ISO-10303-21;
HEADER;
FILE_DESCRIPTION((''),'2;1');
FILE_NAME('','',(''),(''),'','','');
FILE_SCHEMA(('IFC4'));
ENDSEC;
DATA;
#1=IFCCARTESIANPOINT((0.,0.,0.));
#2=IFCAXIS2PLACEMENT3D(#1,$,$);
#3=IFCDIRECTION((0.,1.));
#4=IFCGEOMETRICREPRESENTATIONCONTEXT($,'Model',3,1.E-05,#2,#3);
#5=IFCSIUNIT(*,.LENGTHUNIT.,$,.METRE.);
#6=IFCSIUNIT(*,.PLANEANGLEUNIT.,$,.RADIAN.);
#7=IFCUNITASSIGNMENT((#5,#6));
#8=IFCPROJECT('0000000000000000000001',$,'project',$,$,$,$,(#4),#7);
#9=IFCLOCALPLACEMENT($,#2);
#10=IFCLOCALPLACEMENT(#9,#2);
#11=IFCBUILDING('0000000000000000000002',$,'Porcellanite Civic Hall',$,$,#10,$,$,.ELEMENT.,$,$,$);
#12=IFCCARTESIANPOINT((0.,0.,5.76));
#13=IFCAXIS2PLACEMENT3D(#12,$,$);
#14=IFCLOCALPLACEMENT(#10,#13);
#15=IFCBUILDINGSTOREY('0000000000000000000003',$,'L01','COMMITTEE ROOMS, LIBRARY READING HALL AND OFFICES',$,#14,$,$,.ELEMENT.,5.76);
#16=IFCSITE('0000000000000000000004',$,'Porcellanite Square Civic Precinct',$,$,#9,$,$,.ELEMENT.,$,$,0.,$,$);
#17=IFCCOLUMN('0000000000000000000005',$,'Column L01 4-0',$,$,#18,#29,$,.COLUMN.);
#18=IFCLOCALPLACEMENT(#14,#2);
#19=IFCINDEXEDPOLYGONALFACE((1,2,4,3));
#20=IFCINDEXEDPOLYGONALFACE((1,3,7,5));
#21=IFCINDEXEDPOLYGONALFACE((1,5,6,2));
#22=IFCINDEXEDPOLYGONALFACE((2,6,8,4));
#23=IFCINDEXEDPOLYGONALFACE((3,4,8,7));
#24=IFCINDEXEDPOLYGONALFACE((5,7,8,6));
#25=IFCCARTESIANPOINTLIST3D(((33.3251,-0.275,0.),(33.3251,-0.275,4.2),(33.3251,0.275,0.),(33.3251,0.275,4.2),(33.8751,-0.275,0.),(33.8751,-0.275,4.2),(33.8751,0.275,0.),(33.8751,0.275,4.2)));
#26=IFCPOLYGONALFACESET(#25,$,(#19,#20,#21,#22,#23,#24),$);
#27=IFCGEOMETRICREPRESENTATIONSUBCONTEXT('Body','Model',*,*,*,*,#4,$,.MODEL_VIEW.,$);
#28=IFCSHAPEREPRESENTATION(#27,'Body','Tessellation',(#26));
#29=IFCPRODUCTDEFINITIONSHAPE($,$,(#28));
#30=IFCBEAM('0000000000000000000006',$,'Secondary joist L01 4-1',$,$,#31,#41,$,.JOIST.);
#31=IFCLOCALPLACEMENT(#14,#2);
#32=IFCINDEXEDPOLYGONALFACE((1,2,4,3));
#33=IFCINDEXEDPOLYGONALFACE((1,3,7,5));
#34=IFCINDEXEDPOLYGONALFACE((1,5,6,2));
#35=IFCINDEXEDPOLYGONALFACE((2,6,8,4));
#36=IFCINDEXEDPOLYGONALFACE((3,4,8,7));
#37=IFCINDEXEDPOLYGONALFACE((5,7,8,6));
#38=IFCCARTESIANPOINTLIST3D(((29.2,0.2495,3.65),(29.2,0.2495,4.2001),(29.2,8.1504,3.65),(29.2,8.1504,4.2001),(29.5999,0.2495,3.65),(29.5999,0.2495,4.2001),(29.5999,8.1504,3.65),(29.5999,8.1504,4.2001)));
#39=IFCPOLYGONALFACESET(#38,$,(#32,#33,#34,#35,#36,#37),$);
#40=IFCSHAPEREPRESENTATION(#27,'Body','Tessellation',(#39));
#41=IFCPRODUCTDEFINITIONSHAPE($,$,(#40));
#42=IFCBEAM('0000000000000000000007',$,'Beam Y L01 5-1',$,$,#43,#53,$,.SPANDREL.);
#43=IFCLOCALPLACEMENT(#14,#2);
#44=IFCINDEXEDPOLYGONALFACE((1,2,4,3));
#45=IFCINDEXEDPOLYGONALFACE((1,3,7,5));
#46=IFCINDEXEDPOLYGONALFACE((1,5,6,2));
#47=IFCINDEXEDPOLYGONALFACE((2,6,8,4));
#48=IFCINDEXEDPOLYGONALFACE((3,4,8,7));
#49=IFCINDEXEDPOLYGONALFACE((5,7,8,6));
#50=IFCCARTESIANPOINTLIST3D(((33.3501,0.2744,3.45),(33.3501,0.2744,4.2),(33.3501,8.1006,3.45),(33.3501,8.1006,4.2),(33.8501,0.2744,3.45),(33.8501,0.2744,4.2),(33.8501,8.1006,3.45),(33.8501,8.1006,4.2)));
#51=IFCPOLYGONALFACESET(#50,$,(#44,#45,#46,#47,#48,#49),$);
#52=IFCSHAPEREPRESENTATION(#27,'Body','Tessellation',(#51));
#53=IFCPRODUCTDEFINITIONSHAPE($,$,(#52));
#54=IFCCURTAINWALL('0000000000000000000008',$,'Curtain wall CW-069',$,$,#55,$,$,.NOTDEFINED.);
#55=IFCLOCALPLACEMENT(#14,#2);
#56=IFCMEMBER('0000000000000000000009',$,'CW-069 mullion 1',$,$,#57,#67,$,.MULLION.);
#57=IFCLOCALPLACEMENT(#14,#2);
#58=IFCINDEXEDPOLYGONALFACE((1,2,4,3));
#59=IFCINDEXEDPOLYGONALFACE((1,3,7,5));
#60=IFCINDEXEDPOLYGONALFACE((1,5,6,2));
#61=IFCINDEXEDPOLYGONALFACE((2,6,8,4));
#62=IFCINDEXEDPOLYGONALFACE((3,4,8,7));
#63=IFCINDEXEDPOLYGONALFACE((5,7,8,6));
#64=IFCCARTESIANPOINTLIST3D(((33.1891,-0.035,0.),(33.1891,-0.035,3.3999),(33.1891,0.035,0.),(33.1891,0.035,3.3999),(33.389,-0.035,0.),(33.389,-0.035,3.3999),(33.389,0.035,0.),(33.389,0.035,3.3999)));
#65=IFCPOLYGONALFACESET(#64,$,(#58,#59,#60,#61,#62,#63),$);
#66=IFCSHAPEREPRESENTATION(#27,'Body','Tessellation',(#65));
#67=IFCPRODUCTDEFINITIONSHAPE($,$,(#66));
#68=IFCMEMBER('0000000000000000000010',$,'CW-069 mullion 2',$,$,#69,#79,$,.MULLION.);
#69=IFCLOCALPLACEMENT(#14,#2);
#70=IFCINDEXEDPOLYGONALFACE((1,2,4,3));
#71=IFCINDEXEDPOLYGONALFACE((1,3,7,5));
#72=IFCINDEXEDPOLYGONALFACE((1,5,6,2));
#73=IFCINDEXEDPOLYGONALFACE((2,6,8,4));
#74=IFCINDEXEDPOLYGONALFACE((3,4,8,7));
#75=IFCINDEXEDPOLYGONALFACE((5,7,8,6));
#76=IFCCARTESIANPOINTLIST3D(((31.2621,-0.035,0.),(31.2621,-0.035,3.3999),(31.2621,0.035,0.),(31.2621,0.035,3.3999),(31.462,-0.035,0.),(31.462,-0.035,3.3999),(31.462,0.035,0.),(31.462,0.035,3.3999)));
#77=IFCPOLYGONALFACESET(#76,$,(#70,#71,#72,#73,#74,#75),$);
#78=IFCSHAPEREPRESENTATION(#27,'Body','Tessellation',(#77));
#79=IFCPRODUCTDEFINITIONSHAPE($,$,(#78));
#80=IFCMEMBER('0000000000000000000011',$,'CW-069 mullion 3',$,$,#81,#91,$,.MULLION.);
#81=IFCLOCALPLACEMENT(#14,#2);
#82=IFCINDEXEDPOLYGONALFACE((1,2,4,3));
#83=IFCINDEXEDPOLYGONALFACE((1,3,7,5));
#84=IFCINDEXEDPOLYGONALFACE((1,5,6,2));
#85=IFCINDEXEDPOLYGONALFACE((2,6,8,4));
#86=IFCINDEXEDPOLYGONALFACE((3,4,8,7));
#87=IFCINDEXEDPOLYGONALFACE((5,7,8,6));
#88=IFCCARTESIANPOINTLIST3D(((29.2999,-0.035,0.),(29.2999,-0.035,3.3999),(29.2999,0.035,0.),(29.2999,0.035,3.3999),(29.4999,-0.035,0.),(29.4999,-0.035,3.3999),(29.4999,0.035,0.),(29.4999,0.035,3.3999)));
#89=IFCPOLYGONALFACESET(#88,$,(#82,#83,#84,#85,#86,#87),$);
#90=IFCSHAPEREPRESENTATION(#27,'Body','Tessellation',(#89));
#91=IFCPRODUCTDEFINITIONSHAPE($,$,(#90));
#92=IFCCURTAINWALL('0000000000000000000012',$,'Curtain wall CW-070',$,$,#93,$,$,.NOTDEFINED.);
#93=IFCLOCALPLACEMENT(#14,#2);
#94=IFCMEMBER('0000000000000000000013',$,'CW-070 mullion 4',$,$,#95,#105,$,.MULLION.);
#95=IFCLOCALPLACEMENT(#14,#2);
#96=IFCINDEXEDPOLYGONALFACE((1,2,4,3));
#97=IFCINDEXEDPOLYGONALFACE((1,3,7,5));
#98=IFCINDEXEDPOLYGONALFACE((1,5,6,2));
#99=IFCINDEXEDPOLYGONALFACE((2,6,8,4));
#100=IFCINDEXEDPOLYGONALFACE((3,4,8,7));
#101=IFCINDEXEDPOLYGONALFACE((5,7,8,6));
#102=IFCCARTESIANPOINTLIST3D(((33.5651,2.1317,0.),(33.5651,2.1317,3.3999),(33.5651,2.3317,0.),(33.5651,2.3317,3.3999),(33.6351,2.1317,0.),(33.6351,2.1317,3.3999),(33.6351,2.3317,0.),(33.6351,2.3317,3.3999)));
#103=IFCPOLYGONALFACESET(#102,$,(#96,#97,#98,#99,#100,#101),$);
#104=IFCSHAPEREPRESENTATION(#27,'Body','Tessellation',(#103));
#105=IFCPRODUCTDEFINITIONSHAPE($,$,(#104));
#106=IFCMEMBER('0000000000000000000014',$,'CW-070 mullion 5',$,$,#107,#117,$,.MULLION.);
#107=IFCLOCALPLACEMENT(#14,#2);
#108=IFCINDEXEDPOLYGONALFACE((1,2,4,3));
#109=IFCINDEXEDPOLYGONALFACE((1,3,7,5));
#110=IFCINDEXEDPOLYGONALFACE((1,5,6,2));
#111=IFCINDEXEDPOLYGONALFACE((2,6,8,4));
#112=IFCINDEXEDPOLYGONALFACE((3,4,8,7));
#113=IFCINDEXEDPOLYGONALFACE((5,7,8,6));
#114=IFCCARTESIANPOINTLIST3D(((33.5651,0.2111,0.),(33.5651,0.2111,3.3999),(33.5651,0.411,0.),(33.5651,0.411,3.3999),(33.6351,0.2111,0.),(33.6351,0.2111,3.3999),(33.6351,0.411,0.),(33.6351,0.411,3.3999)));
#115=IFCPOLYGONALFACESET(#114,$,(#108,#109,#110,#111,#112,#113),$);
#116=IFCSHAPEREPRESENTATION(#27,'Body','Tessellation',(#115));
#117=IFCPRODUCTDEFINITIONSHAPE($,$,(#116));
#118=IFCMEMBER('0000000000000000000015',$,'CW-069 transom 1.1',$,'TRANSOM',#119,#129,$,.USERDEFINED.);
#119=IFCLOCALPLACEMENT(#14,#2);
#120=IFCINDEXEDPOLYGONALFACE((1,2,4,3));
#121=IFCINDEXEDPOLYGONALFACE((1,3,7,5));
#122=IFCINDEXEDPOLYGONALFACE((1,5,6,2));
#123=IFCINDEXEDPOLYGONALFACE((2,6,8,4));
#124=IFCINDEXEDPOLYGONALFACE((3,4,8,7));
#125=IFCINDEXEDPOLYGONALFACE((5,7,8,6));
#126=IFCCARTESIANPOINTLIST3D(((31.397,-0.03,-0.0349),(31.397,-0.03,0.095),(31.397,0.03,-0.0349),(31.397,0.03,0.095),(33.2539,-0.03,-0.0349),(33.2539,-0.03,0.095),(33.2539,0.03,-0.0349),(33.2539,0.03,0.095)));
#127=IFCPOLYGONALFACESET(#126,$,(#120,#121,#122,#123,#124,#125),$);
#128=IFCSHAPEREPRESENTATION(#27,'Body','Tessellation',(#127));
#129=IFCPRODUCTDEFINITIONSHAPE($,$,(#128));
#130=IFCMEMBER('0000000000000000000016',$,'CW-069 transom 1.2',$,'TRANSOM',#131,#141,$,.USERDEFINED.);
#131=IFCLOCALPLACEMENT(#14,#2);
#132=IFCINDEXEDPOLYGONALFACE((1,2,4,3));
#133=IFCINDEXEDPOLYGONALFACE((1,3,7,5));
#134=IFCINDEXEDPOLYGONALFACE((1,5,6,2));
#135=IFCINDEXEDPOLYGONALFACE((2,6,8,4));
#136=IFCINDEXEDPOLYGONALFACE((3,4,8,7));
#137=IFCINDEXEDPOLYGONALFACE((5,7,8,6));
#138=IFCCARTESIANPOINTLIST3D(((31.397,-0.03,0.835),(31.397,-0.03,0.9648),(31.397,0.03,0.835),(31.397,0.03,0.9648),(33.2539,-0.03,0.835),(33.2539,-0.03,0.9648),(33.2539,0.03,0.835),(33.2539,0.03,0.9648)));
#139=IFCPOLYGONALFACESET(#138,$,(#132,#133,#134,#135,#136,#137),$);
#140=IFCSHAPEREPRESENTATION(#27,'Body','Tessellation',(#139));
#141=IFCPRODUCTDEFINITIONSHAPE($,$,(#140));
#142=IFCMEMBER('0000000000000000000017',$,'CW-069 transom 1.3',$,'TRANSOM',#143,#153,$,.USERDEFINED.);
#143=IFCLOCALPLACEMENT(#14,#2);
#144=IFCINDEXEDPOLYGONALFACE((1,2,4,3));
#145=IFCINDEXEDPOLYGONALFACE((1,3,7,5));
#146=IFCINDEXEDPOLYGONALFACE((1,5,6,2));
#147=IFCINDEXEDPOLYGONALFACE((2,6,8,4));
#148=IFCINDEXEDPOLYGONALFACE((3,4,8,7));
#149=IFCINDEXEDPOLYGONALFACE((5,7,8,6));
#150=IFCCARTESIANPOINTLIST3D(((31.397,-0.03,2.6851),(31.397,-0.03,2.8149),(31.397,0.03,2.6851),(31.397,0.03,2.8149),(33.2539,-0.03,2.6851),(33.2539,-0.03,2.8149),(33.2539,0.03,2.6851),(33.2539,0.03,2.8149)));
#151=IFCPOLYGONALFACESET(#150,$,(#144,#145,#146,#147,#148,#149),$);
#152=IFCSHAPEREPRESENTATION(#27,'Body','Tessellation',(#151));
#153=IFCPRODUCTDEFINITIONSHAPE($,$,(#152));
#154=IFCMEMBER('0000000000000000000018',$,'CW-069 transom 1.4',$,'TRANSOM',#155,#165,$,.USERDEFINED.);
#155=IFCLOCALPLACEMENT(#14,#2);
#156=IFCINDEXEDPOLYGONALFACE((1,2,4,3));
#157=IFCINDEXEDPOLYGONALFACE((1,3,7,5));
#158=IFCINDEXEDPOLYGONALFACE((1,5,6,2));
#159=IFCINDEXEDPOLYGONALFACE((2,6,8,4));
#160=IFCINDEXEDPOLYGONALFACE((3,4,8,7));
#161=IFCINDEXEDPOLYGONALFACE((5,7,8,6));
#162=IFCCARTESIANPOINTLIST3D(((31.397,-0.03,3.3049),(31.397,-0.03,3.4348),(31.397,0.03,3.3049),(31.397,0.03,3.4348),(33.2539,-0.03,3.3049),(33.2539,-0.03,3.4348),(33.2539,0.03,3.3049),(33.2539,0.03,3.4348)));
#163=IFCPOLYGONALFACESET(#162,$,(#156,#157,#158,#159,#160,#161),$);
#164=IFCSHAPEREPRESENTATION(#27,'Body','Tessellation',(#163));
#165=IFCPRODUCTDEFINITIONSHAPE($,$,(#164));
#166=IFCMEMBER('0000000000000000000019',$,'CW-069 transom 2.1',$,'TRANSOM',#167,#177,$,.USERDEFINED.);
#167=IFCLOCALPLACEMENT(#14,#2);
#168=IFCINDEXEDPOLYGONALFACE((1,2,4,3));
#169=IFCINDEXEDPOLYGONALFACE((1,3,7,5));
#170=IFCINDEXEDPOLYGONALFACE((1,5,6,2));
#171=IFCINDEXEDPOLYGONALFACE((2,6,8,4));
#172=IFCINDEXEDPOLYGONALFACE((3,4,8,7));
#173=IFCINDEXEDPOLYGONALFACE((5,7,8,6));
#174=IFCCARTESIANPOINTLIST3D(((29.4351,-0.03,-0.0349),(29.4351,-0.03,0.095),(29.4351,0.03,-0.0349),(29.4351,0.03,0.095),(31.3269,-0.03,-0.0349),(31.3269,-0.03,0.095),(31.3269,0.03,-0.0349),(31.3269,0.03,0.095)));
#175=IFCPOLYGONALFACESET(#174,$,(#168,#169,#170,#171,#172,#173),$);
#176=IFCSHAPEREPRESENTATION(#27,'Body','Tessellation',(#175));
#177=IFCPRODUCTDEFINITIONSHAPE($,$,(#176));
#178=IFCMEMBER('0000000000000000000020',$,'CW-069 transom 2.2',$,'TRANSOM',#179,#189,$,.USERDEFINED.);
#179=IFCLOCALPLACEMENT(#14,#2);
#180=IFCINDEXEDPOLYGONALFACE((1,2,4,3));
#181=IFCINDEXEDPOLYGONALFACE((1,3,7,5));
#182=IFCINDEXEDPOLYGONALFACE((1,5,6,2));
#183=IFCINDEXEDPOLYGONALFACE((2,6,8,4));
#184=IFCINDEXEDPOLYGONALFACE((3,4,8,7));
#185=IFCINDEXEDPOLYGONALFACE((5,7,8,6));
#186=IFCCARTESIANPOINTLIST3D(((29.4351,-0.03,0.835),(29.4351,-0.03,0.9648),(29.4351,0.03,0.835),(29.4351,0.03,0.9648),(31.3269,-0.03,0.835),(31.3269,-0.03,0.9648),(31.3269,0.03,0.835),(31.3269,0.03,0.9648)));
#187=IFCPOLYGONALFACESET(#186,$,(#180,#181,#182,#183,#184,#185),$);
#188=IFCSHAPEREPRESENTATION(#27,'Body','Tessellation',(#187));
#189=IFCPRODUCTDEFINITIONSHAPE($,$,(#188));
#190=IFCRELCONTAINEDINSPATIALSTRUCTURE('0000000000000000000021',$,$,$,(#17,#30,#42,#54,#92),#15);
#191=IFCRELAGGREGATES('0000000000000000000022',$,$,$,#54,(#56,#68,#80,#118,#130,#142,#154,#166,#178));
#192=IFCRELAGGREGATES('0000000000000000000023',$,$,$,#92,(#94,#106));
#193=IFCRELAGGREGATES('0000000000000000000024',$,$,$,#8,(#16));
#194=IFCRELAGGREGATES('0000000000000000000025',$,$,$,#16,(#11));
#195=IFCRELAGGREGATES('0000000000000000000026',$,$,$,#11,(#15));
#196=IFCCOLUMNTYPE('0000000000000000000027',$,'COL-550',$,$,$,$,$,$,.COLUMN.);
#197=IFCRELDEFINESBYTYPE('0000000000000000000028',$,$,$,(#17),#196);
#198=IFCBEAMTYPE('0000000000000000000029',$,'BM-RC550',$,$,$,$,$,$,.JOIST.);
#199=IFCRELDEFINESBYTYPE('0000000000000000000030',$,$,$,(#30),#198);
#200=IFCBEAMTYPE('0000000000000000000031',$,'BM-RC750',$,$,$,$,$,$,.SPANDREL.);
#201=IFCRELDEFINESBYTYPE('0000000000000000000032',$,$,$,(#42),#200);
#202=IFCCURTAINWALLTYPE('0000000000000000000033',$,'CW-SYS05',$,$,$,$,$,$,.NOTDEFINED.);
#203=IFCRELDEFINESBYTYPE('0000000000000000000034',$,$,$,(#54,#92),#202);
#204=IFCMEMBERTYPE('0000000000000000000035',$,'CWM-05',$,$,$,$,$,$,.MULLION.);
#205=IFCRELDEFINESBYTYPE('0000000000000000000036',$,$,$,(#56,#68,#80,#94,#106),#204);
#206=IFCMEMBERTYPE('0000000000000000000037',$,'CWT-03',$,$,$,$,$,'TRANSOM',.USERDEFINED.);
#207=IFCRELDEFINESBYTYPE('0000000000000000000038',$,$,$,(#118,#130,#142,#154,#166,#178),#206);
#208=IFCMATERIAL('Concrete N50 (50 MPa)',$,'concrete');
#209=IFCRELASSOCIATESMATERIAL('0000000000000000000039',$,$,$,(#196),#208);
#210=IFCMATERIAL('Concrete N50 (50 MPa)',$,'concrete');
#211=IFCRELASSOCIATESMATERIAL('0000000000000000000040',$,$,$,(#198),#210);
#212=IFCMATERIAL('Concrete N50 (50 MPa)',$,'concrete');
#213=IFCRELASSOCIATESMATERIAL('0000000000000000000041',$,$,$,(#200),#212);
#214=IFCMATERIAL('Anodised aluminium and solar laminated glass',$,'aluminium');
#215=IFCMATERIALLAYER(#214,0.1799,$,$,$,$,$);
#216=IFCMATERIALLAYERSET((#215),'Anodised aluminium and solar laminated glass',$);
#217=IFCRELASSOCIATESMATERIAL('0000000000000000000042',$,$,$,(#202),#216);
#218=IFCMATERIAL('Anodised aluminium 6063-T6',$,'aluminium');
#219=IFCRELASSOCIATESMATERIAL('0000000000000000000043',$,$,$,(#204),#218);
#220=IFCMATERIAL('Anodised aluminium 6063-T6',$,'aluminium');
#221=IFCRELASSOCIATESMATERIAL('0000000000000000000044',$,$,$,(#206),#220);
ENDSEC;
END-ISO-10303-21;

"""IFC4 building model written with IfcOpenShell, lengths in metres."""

from ifc_helpers import new_model, si_unit, direction, frame, origin, origin_2d, place, context, subcontext, project, spatial, rectangle, extrude, material, layer, layer_set, material_profile, profile_set, type_object, element, aggregate, save


model = new_model("IFC4")

# Units and contexts
model_context = context("Model", 3, precision=1e-05, world=origin(), true_north=direction((0.0, 1.0)))
body_context = subcontext(model_context, "Body", "Model", "MODEL_VIEW")
ifc_project = project(units=[si_unit("LENGTHUNIT", "METRE"), si_unit("PLANEANGLEUNIT", "RADIAN")], contexts=[model_context])

# Site, building, storey
site_placement = place(None, origin())
site = spatial("IfcSite", under=ifc_project, at=site_placement, Name="Porcellanite Square Civic Precinct", CompositionType="ELEMENT", RefElevation=0.0)
building_placement = place(site_placement, origin())
building = spatial("IfcBuilding", under=site, at=building_placement, Name="Porcellanite Civic Hall", CompositionType="ELEMENT")
storey_placement = place(building_placement, frame((0.0, 0.0, 5.76)))
storey = spatial("IfcBuildingStorey", under=building, at=storey_placement, Name="L01", Description="COMMITTEE ROOMS, LIBRARY READING HALL AND OFFICES", CompositionType="ELEMENT", Elevation=5.76)

# Column
ifc_material_1 = material(Name="Concrete N50 (50 MPa)", Category="concrete")
ifc_material_profile_1 = material_profile(ifc_material_1, rectangle(XDim=0.55, YDim=0.55, at=origin_2d()), Name="RC-550x550")
ifc_profile_set_1 = profile_set([ifc_material_profile_1], Name="Concrete N50 (50 MPa)")
column_type = type_object("IfcColumnType", Name="COL-550", PredefinedType="COLUMN", material=ifc_profile_set_1)
column_placement = place(storey_placement, frame((33.6001, 0.0, 0.0), z_axis=(0.0, 0.0, 1.0), x_axis=(1.0, 0.0, 0.0)))
element("IfcColumn", 1, at=column_placement, inside=storey, type_object=column_type, Name="Column L01 4-0", PredefinedType="COLUMN", context=body_context, shape_type="SweptSolid", body=[
    extrude(rectangle(XDim=0.55, YDim=0.55, at=origin_2d()), origin(), (0.0, 0.0, 1.0), 4.2),
])

# Beams
ifc_material_2 = material(Name="Concrete N50 (50 MPa)", Category="concrete")
ifc_material_profile_2 = material_profile(ifc_material_2, rectangle(XDim=0.3999, YDim=0.55, at=origin_2d()), Name="RC-400x550")
ifc_profile_set_2 = profile_set([ifc_material_profile_2], Name="Concrete N50 (50 MPa)")
beam_type_1 = type_object("IfcBeamType", Name="BM-RC550", PredefinedType="JOIST", material=ifc_profile_set_2)
beam_1_placement = place(storey_placement, frame((29.3999, 0.2495, 3.925), z_axis=(0.0, 1.0, 0.0), x_axis=(-1.0, 0.0, 0.0)))
element("IfcBeam", 2, at=beam_1_placement, inside=storey, type_object=beam_type_1, Name="Secondary joist L01 4-1", PredefinedType="JOIST", context=body_context, shape_type="SweptSolid", body=[
    extrude(rectangle(XDim=0.3999, YDim=0.55, at=origin_2d()), origin(), (0.0, 0.0, 1.0), 7.9009),
])
ifc_material_3 = material(Name="Concrete N50 (50 MPa)", Category="concrete")
ifc_material_profile_3 = material_profile(ifc_material_3, rectangle(XDim=0.5, YDim=0.75, at=origin_2d()), Name="RC-500x750")
ifc_profile_set_3 = profile_set([ifc_material_profile_3], Name="Concrete N50 (50 MPa)")
beam_type_2 = type_object("IfcBeamType", Name="BM-RC750", PredefinedType="SPANDREL", material=ifc_profile_set_3)
beam_2_placement = place(storey_placement, frame((33.6001, 0.2744, 3.825), z_axis=(0.0, 1.0, 0.0), x_axis=(-1.0, 0.0, 0.0)))
element("IfcBeam", 3, at=beam_2_placement, inside=storey, type_object=beam_type_2, Name="Beam Y L01 5-1", PredefinedType="SPANDREL", context=body_context, shape_type="SweptSolid", body=[
    extrude(rectangle(XDim=0.5, YDim=0.75, at=origin_2d()), origin(), (0.0, 0.0, 1.0), 7.8262),
])

# Curtain walls, members
ifc_material_4 = material(Name="Anodised aluminium and solar laminated glass", Category="aluminium")
ifc_layer_1 = layer(ifc_material_4, 0.1799)
ifc_layer_set_1 = layer_set([ifc_layer_1], Name="Anodised aluminium and solar laminated glass")
curtain_wall_type = type_object("IfcCurtainWallType", Name="CW-SYS05", PredefinedType="NOTDEFINED", material=ifc_layer_set_1)
curtain_wall_1_placement = place(storey_placement, origin())
curtain_wall_1 = element("IfcCurtainWall", 4, at=curtain_wall_1_placement, inside=storey, type_object=curtain_wall_type, Name="Curtain wall CW-069", PredefinedType="NOTDEFINED")
ifc_material_5 = material(Name="Anodised aluminium 6063-T6", Category="aluminium")
ifc_material_profile_4 = material_profile(ifc_material_5, rectangle(XDim=0.0701, YDim=0.2, at=origin_2d()), Name="AL-70x200")
ifc_profile_set_4 = profile_set([ifc_material_profile_4], Name="Anodised aluminium 6063-T6")
member_type_1 = type_object("IfcMemberType", Name="CWM-05", PredefinedType="MULLION", material=ifc_profile_set_4)
member_1_placement = place(storey_placement, frame((33.2891, 0.0, 0.0), z_axis=(0.0, 0.0, 1.0), x_axis=(0.0, -1.0, 0.0)))
member_1 = element("IfcMember", 5, at=member_1_placement, type_object=member_type_1, Name="CW-069 mullion 1", PredefinedType="MULLION", context=body_context, shape_type="SweptSolid", body=[
    extrude(rectangle(XDim=0.0701, YDim=0.2, at=origin_2d()), origin(), (0.0, 0.0, 1.0), 3.3999),
])
member_2_placement = place(storey_placement, frame((31.3621, 0.0, 0.0), z_axis=(0.0, 0.0, 1.0), x_axis=(0.0, -1.0, 0.0)))
member_2 = element("IfcMember", 6, at=member_2_placement, type_object=member_type_1, Name="CW-069 mullion 2", PredefinedType="MULLION", context=body_context, shape_type="SweptSolid", body=[
    extrude(rectangle(XDim=0.0701, YDim=0.2, at=origin_2d()), origin(), (0.0, 0.0, 1.0), 3.3999),
])
member_3_placement = place(storey_placement, frame((29.3999, 0.0, 0.0), z_axis=(0.0, 0.0, 1.0), x_axis=(0.0, -1.0, 0.0)))
member_3 = element("IfcMember", 7, at=member_3_placement, type_object=member_type_1, Name="CW-069 mullion 3", PredefinedType="MULLION", context=body_context, shape_type="SweptSolid", body=[
    extrude(rectangle(XDim=0.0701, YDim=0.2, at=origin_2d()), origin(), (0.0, 0.0, 1.0), 3.3999),
])
curtain_wall_2_placement = place(storey_placement, origin())
curtain_wall_2 = element("IfcCurtainWall", 8, at=curtain_wall_2_placement, inside=storey, type_object=curtain_wall_type, Name="Curtain wall CW-070", PredefinedType="NOTDEFINED")
member_4_placement = place(storey_placement, frame((33.6001, 2.2317, 0.0), z_axis=(0.0, 0.0, 1.0), x_axis=(1.0, 0.0, 0.0)))
member_4 = element("IfcMember", 9, at=member_4_placement, type_object=member_type_1, Name="CW-070 mullion 4", PredefinedType="MULLION", context=body_context, shape_type="SweptSolid", body=[
    extrude(rectangle(XDim=0.0701, YDim=0.2, at=origin_2d()), origin(), (0.0, 0.0, 1.0), 3.3999),
])
member_5_placement = place(storey_placement, frame((33.6001, 0.311, 0.0), z_axis=(0.0, 0.0, 1.0), x_axis=(1.0, 0.0, 0.0)))
member_5 = element("IfcMember", 10, at=member_5_placement, type_object=member_type_1, Name="CW-070 mullion 5", PredefinedType="MULLION", context=body_context, shape_type="SweptSolid", body=[
    extrude(rectangle(XDim=0.0701, YDim=0.2, at=origin_2d()), origin(), (0.0, 0.0, 1.0), 3.3999),
])

# Members
ifc_material_6 = material(Name="Anodised aluminium 6063-T6", Category="aluminium")
ifc_material_profile_5 = material_profile(ifc_material_6, rectangle(XDim=0.0601, YDim=0.1299, at=origin_2d()), Name="AL-60x130")
ifc_profile_set_5 = profile_set([ifc_material_profile_5], Name="Anodised aluminium 6063-T6")
member_type_2 = type_object("IfcMemberType", Name="CWT-03", ElementType="TRANSOM", PredefinedType="USERDEFINED", material=ifc_profile_set_5)
member_6_placement = place(storey_placement, frame((33.2539, 0.0, 0.03), z_axis=(-1.0, 0.0, 0.0), x_axis=(0.0, -1.0, 0.0)))
member_6 = element("IfcMember", 11, at=member_6_placement, type_object=member_type_2, Name="CW-069 transom 1.1", ObjectType="TRANSOM", PredefinedType="USERDEFINED", context=body_context, shape_type="SweptSolid", body=[
    extrude(rectangle(XDim=0.0601, YDim=0.1299, at=origin_2d()), origin(), (0.0, 0.0, 1.0), 1.8569),
])
member_7_placement = place(storey_placement, frame((33.2539, 0.0, 0.8999), z_axis=(-1.0, 0.0, 0.0), x_axis=(0.0, -1.0, 0.0)))
member_7 = element("IfcMember", 12, at=member_7_placement, type_object=member_type_2, Name="CW-069 transom 1.2", ObjectType="TRANSOM", PredefinedType="USERDEFINED", context=body_context, shape_type="SweptSolid", body=[
    extrude(rectangle(XDim=0.0601, YDim=0.1299, at=origin_2d()), origin(), (0.0, 0.0, 1.0), 1.8569),
])
member_8_placement = place(storey_placement, frame((33.2539, 0.0, 2.75), z_axis=(-1.0, 0.0, 0.0), x_axis=(0.0, -1.0, 0.0)))
member_8 = element("IfcMember", 13, at=member_8_placement, type_object=member_type_2, Name="CW-069 transom 1.3", ObjectType="TRANSOM", PredefinedType="USERDEFINED", context=body_context, shape_type="SweptSolid", body=[
    extrude(rectangle(XDim=0.0601, YDim=0.1299, at=origin_2d()), origin(), (0.0, 0.0, 1.0), 1.8569),
])
member_9_placement = place(storey_placement, frame((33.2539, 0.0, 3.3699), z_axis=(-1.0, 0.0, 0.0), x_axis=(0.0, -1.0, 0.0)))
member_9 = element("IfcMember", 14, at=member_9_placement, type_object=member_type_2, Name="CW-069 transom 1.4", ObjectType="TRANSOM", PredefinedType="USERDEFINED", context=body_context, shape_type="SweptSolid", body=[
    extrude(rectangle(XDim=0.0601, YDim=0.1299, at=origin_2d()), origin(), (0.0, 0.0, 1.0), 1.8569),
])
member_10_placement = place(storey_placement, frame((31.3269, 0.0, 0.03), z_axis=(-1.0, 0.0, 0.0), x_axis=(0.0, -1.0, 0.0)))
member_10 = element("IfcMember", 15, at=member_10_placement, type_object=member_type_2, Name="CW-069 transom 2.1", ObjectType="TRANSOM", PredefinedType="USERDEFINED", context=body_context, shape_type="SweptSolid", body=[
    extrude(rectangle(XDim=0.0601, YDim=0.1299, at=origin_2d()), origin(), (0.0, 0.0, 1.0), 1.8918),
])
member_11_placement = place(storey_placement, frame((31.3269, 0.0, 0.8999), z_axis=(-1.0, 0.0, 0.0), x_axis=(0.0, -1.0, 0.0)))
member_11 = element("IfcMember", 16, at=member_11_placement, type_object=member_type_2, Name="CW-069 transom 2.2", ObjectType="TRANSOM", PredefinedType="USERDEFINED", context=body_context, shape_type="SweptSolid", body=[
    extrude(rectangle(XDim=0.0601, YDim=0.1299, at=origin_2d()), origin(), (0.0, 0.0, 1.0), 1.8918),
])

aggregate(curtain_wall_1, [member_1, member_2, member_3, member_6, member_7, member_8, member_9, member_10, member_11])
aggregate(curtain_wall_2, [member_4, member_5])

save(model, "model.ifc")
